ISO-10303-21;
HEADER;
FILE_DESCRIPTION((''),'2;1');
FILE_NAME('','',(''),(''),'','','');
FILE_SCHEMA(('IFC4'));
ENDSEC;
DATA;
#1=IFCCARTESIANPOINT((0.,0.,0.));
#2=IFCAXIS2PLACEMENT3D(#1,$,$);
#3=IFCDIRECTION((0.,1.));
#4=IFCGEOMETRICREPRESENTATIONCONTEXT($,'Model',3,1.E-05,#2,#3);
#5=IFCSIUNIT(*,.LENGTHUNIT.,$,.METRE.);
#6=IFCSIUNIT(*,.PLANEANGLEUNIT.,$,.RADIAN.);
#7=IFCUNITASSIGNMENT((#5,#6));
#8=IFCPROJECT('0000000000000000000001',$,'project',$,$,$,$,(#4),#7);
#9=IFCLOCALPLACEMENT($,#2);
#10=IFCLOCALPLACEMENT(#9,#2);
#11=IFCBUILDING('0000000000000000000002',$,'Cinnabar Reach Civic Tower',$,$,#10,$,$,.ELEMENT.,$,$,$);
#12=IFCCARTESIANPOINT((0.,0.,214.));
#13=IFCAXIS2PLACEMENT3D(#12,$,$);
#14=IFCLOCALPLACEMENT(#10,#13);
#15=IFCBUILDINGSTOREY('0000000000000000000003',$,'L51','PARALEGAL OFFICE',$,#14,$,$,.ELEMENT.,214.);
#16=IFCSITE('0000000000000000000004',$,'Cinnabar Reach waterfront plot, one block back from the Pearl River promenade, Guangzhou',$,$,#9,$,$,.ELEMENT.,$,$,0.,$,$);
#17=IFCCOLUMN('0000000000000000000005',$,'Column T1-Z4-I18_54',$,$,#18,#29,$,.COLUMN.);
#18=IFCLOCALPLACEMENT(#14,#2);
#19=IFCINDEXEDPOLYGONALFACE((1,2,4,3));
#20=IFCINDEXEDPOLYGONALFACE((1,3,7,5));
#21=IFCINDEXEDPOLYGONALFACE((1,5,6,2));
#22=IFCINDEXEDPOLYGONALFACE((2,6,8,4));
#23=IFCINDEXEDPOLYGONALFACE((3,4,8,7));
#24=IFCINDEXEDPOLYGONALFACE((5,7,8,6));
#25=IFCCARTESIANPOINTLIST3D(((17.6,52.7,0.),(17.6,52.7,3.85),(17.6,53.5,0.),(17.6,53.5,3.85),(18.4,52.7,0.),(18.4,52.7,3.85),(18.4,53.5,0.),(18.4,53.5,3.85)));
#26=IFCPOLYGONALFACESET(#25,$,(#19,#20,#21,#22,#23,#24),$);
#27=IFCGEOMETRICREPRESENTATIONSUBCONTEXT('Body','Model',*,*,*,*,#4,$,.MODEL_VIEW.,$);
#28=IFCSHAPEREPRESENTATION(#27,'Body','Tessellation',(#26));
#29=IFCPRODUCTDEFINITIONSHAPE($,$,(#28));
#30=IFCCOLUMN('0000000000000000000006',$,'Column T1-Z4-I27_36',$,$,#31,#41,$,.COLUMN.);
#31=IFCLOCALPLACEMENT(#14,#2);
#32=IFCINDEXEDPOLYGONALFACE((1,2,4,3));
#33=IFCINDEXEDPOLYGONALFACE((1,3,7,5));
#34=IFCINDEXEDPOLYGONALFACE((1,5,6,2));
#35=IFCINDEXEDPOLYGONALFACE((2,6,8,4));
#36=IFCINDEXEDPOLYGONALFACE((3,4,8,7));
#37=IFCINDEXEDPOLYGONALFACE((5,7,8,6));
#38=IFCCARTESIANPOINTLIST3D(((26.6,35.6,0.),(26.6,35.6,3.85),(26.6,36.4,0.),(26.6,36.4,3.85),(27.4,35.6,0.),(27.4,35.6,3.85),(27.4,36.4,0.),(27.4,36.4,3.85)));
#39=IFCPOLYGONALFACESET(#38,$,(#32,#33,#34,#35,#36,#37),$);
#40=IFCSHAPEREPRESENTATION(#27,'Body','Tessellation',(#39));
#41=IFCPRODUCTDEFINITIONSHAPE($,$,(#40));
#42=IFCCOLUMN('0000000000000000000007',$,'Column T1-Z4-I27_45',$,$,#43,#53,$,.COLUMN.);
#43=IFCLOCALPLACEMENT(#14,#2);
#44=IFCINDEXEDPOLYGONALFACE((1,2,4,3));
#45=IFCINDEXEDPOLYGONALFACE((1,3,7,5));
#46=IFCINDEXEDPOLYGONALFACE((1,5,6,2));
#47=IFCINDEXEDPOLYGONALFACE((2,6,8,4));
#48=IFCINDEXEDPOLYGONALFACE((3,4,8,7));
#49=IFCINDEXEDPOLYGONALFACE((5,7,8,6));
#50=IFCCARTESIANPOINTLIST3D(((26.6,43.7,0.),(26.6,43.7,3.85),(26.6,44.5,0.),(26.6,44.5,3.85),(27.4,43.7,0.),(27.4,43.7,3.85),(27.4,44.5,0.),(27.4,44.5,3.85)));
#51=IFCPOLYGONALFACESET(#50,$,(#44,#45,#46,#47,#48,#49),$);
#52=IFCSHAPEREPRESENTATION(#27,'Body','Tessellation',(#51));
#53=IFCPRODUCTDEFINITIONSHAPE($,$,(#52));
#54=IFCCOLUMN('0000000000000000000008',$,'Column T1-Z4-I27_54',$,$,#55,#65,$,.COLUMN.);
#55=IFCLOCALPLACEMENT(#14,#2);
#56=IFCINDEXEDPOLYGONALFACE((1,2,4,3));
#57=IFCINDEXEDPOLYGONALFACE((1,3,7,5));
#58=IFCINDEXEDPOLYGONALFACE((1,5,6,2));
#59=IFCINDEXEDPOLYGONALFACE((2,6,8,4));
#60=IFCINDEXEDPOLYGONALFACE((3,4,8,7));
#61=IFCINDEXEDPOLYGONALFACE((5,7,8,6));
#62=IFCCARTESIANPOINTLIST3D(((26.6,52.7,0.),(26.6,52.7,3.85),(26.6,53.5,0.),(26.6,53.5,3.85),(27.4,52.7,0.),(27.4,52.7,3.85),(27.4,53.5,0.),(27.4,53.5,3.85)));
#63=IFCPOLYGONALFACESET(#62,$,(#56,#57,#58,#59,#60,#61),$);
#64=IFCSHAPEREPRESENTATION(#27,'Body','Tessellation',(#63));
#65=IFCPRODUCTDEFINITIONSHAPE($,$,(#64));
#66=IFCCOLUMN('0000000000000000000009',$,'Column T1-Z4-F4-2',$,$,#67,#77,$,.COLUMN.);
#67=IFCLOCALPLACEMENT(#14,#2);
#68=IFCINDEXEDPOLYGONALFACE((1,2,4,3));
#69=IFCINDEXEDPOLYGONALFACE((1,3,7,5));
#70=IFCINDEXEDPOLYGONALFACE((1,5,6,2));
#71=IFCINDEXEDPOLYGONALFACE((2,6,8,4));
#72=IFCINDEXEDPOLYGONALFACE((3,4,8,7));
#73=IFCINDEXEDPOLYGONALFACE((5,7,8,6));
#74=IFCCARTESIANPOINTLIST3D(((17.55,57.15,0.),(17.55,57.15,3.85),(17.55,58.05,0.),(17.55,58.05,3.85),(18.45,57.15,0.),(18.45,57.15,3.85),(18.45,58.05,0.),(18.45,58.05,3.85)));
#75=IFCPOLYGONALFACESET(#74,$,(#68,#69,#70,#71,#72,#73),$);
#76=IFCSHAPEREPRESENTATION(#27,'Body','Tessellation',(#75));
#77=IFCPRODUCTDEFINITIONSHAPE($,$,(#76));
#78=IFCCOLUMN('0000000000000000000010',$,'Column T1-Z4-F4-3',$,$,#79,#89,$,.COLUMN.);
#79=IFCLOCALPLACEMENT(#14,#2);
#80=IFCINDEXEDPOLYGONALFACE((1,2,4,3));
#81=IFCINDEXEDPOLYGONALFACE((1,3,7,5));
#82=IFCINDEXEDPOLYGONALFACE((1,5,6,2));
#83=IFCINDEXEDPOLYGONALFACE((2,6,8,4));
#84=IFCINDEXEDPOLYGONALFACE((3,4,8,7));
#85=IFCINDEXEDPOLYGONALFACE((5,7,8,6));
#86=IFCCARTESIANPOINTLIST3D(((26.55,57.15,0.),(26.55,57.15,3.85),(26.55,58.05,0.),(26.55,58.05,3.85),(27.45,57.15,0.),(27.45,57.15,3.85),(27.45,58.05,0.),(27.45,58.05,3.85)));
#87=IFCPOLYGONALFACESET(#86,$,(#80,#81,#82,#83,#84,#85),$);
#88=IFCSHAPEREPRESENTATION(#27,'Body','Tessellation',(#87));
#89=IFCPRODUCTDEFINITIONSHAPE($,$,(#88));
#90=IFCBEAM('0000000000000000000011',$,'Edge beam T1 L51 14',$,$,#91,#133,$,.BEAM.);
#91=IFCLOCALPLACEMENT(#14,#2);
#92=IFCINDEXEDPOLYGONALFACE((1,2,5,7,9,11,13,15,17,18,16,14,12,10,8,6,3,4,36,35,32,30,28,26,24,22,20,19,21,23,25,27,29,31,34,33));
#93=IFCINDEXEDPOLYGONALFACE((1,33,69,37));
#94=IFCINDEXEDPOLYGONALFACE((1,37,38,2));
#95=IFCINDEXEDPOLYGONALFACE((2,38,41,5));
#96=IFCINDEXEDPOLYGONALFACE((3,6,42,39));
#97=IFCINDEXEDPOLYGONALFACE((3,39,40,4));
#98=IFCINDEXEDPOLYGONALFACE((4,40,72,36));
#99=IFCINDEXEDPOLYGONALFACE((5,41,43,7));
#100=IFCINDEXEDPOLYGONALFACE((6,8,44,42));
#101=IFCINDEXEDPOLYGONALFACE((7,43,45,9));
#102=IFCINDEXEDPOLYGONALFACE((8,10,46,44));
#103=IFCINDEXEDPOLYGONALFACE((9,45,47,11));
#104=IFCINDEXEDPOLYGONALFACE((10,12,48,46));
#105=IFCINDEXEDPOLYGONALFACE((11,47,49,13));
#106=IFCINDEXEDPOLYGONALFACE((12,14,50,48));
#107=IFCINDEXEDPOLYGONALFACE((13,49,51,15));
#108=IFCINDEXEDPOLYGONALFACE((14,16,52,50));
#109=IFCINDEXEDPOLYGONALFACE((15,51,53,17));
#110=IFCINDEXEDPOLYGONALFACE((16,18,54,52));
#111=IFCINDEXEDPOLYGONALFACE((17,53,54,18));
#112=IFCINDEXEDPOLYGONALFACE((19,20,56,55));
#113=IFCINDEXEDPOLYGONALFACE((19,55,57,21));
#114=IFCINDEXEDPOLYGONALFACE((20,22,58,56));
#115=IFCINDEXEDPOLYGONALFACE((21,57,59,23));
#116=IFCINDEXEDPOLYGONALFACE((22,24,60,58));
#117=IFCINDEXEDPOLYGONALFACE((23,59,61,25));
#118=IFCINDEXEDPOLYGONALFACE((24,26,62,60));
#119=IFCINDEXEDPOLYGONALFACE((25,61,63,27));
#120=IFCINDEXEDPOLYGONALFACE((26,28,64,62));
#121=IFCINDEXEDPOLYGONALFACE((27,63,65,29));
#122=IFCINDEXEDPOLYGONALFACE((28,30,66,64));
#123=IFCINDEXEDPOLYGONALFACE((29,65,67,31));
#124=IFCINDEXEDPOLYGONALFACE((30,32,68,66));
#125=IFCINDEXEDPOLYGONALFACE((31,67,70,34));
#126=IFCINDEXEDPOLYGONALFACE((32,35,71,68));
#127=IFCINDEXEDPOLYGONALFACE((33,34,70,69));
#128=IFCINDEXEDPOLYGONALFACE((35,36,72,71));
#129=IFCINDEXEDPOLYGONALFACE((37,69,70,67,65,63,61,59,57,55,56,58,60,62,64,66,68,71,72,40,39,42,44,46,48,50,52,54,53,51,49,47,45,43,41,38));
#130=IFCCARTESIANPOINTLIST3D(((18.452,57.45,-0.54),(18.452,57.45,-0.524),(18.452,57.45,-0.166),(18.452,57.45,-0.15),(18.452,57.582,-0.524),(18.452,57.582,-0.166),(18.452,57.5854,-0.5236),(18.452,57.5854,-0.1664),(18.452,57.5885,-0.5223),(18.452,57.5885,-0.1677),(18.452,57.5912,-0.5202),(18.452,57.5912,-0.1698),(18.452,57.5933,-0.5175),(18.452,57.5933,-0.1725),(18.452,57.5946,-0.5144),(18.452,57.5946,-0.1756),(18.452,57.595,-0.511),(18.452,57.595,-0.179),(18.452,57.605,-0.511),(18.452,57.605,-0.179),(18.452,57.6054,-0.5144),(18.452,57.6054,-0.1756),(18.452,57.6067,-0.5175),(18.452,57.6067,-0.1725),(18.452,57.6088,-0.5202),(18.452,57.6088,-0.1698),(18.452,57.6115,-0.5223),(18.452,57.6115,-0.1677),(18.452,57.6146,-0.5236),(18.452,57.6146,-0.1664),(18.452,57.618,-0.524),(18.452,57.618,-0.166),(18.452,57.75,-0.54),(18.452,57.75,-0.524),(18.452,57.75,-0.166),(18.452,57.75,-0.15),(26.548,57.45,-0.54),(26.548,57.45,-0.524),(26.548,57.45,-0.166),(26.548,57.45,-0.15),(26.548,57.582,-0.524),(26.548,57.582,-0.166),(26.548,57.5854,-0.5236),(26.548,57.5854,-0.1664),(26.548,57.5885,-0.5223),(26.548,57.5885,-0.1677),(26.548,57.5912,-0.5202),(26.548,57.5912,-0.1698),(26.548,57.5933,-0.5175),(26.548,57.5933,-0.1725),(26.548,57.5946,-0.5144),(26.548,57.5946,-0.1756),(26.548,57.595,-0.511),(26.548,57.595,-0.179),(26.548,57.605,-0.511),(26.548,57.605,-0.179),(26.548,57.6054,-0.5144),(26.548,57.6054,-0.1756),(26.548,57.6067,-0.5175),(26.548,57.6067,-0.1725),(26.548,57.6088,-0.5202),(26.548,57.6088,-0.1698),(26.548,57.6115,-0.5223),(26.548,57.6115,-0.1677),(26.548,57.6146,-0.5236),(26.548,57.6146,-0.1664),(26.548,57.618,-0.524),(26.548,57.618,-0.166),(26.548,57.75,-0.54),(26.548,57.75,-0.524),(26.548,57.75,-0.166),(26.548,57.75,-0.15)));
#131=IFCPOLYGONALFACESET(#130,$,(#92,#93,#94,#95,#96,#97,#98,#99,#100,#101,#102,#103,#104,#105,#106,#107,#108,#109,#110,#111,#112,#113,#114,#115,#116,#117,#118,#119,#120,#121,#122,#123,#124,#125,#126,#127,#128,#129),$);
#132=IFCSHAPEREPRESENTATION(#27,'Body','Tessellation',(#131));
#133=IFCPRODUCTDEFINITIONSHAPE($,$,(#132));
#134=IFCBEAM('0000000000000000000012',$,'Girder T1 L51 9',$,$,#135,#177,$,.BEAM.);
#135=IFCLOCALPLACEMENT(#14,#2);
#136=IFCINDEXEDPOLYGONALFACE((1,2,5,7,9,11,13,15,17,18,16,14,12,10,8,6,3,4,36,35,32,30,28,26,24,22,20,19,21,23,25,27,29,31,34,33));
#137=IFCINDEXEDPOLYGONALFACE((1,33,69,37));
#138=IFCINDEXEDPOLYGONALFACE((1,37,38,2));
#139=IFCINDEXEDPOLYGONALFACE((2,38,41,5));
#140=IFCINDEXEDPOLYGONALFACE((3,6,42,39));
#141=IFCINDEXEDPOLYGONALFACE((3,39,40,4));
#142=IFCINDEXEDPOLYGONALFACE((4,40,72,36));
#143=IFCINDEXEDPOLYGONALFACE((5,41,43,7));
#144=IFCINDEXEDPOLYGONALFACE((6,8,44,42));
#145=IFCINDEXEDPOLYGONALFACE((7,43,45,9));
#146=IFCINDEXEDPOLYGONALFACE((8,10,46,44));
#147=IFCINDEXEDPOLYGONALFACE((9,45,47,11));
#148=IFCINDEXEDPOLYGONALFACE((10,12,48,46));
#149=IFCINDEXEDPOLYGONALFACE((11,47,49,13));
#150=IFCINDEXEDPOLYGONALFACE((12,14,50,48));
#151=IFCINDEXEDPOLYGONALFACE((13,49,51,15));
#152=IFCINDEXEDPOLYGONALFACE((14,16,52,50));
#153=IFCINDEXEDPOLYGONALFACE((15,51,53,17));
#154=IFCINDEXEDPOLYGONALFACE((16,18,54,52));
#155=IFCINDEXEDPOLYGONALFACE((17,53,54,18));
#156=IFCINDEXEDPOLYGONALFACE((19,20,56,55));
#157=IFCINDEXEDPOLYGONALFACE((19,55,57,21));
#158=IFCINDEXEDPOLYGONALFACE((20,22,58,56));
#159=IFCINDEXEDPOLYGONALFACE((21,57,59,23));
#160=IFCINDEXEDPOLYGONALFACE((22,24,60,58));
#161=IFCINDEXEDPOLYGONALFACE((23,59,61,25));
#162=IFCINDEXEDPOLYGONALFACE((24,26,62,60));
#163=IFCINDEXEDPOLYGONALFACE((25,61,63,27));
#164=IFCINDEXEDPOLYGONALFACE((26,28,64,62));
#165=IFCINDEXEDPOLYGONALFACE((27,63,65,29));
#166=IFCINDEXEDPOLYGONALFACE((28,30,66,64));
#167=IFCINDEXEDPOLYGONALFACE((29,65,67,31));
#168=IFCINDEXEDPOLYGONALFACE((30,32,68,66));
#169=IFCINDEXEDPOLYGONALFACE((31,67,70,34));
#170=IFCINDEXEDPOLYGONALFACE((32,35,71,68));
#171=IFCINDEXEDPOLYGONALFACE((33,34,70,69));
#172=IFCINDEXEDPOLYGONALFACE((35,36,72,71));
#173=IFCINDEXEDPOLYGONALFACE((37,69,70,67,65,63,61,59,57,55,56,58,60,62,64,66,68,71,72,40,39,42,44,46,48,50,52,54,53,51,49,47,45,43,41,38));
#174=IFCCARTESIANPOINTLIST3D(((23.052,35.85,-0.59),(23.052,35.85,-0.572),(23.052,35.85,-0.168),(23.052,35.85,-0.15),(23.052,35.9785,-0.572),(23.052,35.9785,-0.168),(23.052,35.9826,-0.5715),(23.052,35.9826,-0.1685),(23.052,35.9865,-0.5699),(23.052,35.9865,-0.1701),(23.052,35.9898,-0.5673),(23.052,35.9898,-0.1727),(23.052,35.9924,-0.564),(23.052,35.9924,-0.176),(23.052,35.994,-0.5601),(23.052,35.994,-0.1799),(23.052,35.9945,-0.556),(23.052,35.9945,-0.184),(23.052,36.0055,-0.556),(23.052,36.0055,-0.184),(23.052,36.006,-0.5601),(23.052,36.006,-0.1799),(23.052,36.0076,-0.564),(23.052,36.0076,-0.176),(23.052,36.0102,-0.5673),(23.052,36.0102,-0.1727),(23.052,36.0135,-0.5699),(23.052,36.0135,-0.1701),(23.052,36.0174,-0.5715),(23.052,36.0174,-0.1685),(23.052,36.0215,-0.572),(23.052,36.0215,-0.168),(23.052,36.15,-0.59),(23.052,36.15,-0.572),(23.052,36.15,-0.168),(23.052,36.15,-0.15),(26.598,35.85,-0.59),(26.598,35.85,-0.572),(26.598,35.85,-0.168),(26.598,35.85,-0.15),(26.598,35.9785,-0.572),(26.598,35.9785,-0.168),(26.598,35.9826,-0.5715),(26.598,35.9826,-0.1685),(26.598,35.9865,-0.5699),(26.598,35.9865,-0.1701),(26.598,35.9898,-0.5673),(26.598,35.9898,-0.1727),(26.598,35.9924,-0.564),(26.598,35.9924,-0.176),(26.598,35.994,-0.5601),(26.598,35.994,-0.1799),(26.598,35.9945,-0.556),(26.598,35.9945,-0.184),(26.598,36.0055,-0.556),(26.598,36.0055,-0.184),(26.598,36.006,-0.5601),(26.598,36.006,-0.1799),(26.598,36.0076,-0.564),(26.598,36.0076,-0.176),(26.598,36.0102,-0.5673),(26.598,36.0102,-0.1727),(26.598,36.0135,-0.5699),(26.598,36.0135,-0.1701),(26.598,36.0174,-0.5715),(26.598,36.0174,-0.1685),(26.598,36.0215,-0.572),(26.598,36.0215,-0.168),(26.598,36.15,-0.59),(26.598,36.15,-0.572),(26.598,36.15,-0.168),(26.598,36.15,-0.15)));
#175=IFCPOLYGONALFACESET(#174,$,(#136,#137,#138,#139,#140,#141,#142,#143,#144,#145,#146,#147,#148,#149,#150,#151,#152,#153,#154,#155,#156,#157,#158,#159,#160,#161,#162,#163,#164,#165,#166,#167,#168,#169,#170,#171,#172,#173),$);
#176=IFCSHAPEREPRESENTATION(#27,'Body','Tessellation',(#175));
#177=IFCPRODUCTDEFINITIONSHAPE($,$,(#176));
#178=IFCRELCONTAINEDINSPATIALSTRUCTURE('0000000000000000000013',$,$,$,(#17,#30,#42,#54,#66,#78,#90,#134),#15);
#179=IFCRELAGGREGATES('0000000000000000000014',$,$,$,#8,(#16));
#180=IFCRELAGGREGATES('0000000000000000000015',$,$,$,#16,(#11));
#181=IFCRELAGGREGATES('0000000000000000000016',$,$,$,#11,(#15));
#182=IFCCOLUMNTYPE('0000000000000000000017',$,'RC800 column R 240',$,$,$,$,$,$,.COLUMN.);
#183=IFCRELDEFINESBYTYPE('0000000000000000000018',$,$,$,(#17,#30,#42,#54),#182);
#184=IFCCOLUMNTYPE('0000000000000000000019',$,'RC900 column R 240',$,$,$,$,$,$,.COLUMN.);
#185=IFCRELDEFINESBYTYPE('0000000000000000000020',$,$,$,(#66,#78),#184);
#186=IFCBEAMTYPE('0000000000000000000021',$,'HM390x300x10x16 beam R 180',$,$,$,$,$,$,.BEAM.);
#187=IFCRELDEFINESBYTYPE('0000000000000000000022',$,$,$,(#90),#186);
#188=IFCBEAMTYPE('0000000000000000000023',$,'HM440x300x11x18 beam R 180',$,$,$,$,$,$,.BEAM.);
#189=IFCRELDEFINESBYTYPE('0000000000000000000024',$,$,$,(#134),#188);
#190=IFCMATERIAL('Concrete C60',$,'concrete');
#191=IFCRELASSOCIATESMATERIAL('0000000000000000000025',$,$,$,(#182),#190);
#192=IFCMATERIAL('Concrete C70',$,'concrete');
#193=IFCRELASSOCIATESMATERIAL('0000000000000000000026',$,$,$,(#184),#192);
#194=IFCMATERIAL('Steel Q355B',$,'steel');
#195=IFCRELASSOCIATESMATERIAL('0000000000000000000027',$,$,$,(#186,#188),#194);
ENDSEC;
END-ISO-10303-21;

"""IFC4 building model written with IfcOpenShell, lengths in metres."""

from ifc_helpers import new_model, si_unit, direction, frame, origin, origin_2d, place, context, subcontext, project, spatial, rectangle, i_section, extrude, material, material_profile, profile_set, type_object, element, save


model = new_model("IFC4")

# Units and contexts
model_context = context("Model", 3, precision=1e-05, world=origin(), true_north=direction((0.0, 1.0)))
body_context = subcontext(model_context, "Body", "Model", "MODEL_VIEW")
ifc_project = project(units=[si_unit("LENGTHUNIT", "METRE"), si_unit("PLANEANGLEUNIT", "RADIAN")], contexts=[model_context])

# Site, building, storey
site_placement = place(None, origin())
site = spatial("IfcSite", under=ifc_project, at=site_placement, Name="Cinnabar Reach waterfront plot, one block back from the Pearl River promenade, Guangzhou", CompositionType="ELEMENT", RefElevation=0.0)
building_placement = place(site_placement, origin())
building = spatial("IfcBuilding", under=site, at=building_placement, Name="Cinnabar Reach Civic Tower", CompositionType="ELEMENT")
storey_placement = place(building_placement, frame((0.0, 0.0, 214.0)))
storey = spatial("IfcBuildingStorey", under=building, at=storey_placement, Name="L51", Description="PARALEGAL OFFICE", CompositionType="ELEMENT", Elevation=214.0)

# Columns
ifc_material_1 = material(Name="Concrete C60", Category="concrete")
ifc_material_profile_1 = material_profile(ifc_material_1, rectangle(XDim=0.8, YDim=0.8, at=origin_2d()), Name="RC800")
ifc_profile_set_1 = profile_set([ifc_material_profile_1], Name="Concrete C60")
column_type_1 = type_object("IfcColumnType", Name="RC800 column R 240", PredefinedType="COLUMN", material=ifc_profile_set_1)
for number, where, z_axis, x_axis, name in (
    (1, (18.0, 53.1, 0.0), (0.0, 0.0, 1.0), (1.0, 0.0, 0.0), "Column T1-Z4-I18_54"),
    (2, (27.0, 36.0, 0.0), (0.0, 0.0, 1.0), (1.0, 0.0, 0.0), "Column T1-Z4-I27_36"),
    (3, (27.0, 44.1, 0.0), (0.0, 0.0, 1.0), (1.0, 0.0, 0.0), "Column T1-Z4-I27_45"),
    (4, (27.0, 53.1, 0.0), (0.0, 0.0, 1.0), (1.0, 0.0, 0.0), "Column T1-Z4-I27_54"),
):
    element("IfcColumn", number, at=place(storey_placement, frame(where, z_axis=z_axis, x_axis=x_axis)), inside=storey, type_object=column_type_1, Name=name, PredefinedType="COLUMN", context=body_context, shape_type="SweptSolid", body=[
        extrude(rectangle(XDim=0.8, YDim=0.8, at=origin_2d()), origin(), (0.0, 0.0, 1.0), 3.85),
    ])
ifc_material_2 = material(Name="Concrete C70", Category="concrete")
ifc_material_profile_2 = material_profile(ifc_material_2, rectangle(XDim=0.9, YDim=0.9, at=origin_2d()), Name="RC900")
ifc_profile_set_2 = profile_set([ifc_material_profile_2], Name="Concrete C70")
column_type_2 = type_object("IfcColumnType", Name="RC900 column R 240", PredefinedType="COLUMN", material=ifc_profile_set_2)
for number, where, z_axis, x_axis, name in (
    (5, (18.0, 57.6, 0.0), (0.0, 0.0, 1.0), (1.0, 0.0, 0.0), "Column T1-Z4-F4-2"),
    (6, (27.0, 57.6, 0.0), (0.0, 0.0, 1.0), (1.0, 0.0, 0.0), "Column T1-Z4-F4-3"),
):
    element("IfcColumn", number, at=place(storey_placement, frame(where, z_axis=z_axis, x_axis=x_axis)), inside=storey, type_object=column_type_2, Name=name, PredefinedType="COLUMN", context=body_context, shape_type="SweptSolid", body=[
        extrude(rectangle(XDim=0.9, YDim=0.9, at=origin_2d()), origin(), (0.0, 0.0, 1.0), 3.85),
    ])

# Beams
ifc_material_3 = material(Name="Steel Q355B", Category="steel")
ifc_material_profile_3 = material_profile(ifc_material_3, i_section(OverallWidth=0.3, OverallDepth=0.39, WebThickness=0.01, FlangeThickness=0.016, FilletRadius=0.013, at=origin_2d()), Name="HM390x300x10x16")
ifc_profile_set_3 = profile_set([ifc_material_profile_3], Name="Steel Q355B")
beam_type_1 = type_object("IfcBeamType", Name="HM390x300x10x16 beam R 180", PredefinedType="BEAM", material=ifc_profile_set_3)
beam_1_placement = place(storey_placement, frame((26.548, 57.6, -0.345), z_axis=(-1.0, 0.0, 0.0), x_axis=(0.0, -1.0, 0.0)))
element("IfcBeam", 7, at=beam_1_placement, inside=storey, type_object=beam_type_1, Name="Edge beam T1 L51 14", PredefinedType="BEAM", context=body_context, shape_type="SweptSolid", body=[
    extrude(i_section(OverallWidth=0.3, OverallDepth=0.39, WebThickness=0.01, FlangeThickness=0.016, FilletRadius=0.013, at=origin_2d()), origin(), (0.0, 0.0, 1.0), 8.096),
])
ifc_material_profile_4 = material_profile(ifc_material_3, i_section(OverallWidth=0.3, OverallDepth=0.44, WebThickness=0.011, FlangeThickness=0.018, FilletRadius=0.016, at=origin_2d()), Name="HM440x300x11x18")
ifc_profile_set_4 = profile_set([ifc_material_profile_4], Name="Steel Q355B")
beam_type_2 = type_object("IfcBeamType", Name="HM440x300x11x18 beam R 180", PredefinedType="BEAM", material=ifc_profile_set_4)
beam_2_placement = place(storey_placement, frame((23.052, 36.0, -0.37), z_axis=(1.0, 0.0, 0.0), x_axis=(0.0, 1.0, 0.0)))
element("IfcBeam", 8, at=beam_2_placement, inside=storey, type_object=beam_type_2, Name="Girder T1 L51 9", PredefinedType="BEAM", context=body_context, shape_type="SweptSolid", body=[
    extrude(i_section(OverallWidth=0.3, OverallDepth=0.44, WebThickness=0.011, FlangeThickness=0.018, FilletRadius=0.016, at=origin_2d()), origin(), (0.0, 0.0, 1.0), 3.546),
])

save(model, "model.ifc")
